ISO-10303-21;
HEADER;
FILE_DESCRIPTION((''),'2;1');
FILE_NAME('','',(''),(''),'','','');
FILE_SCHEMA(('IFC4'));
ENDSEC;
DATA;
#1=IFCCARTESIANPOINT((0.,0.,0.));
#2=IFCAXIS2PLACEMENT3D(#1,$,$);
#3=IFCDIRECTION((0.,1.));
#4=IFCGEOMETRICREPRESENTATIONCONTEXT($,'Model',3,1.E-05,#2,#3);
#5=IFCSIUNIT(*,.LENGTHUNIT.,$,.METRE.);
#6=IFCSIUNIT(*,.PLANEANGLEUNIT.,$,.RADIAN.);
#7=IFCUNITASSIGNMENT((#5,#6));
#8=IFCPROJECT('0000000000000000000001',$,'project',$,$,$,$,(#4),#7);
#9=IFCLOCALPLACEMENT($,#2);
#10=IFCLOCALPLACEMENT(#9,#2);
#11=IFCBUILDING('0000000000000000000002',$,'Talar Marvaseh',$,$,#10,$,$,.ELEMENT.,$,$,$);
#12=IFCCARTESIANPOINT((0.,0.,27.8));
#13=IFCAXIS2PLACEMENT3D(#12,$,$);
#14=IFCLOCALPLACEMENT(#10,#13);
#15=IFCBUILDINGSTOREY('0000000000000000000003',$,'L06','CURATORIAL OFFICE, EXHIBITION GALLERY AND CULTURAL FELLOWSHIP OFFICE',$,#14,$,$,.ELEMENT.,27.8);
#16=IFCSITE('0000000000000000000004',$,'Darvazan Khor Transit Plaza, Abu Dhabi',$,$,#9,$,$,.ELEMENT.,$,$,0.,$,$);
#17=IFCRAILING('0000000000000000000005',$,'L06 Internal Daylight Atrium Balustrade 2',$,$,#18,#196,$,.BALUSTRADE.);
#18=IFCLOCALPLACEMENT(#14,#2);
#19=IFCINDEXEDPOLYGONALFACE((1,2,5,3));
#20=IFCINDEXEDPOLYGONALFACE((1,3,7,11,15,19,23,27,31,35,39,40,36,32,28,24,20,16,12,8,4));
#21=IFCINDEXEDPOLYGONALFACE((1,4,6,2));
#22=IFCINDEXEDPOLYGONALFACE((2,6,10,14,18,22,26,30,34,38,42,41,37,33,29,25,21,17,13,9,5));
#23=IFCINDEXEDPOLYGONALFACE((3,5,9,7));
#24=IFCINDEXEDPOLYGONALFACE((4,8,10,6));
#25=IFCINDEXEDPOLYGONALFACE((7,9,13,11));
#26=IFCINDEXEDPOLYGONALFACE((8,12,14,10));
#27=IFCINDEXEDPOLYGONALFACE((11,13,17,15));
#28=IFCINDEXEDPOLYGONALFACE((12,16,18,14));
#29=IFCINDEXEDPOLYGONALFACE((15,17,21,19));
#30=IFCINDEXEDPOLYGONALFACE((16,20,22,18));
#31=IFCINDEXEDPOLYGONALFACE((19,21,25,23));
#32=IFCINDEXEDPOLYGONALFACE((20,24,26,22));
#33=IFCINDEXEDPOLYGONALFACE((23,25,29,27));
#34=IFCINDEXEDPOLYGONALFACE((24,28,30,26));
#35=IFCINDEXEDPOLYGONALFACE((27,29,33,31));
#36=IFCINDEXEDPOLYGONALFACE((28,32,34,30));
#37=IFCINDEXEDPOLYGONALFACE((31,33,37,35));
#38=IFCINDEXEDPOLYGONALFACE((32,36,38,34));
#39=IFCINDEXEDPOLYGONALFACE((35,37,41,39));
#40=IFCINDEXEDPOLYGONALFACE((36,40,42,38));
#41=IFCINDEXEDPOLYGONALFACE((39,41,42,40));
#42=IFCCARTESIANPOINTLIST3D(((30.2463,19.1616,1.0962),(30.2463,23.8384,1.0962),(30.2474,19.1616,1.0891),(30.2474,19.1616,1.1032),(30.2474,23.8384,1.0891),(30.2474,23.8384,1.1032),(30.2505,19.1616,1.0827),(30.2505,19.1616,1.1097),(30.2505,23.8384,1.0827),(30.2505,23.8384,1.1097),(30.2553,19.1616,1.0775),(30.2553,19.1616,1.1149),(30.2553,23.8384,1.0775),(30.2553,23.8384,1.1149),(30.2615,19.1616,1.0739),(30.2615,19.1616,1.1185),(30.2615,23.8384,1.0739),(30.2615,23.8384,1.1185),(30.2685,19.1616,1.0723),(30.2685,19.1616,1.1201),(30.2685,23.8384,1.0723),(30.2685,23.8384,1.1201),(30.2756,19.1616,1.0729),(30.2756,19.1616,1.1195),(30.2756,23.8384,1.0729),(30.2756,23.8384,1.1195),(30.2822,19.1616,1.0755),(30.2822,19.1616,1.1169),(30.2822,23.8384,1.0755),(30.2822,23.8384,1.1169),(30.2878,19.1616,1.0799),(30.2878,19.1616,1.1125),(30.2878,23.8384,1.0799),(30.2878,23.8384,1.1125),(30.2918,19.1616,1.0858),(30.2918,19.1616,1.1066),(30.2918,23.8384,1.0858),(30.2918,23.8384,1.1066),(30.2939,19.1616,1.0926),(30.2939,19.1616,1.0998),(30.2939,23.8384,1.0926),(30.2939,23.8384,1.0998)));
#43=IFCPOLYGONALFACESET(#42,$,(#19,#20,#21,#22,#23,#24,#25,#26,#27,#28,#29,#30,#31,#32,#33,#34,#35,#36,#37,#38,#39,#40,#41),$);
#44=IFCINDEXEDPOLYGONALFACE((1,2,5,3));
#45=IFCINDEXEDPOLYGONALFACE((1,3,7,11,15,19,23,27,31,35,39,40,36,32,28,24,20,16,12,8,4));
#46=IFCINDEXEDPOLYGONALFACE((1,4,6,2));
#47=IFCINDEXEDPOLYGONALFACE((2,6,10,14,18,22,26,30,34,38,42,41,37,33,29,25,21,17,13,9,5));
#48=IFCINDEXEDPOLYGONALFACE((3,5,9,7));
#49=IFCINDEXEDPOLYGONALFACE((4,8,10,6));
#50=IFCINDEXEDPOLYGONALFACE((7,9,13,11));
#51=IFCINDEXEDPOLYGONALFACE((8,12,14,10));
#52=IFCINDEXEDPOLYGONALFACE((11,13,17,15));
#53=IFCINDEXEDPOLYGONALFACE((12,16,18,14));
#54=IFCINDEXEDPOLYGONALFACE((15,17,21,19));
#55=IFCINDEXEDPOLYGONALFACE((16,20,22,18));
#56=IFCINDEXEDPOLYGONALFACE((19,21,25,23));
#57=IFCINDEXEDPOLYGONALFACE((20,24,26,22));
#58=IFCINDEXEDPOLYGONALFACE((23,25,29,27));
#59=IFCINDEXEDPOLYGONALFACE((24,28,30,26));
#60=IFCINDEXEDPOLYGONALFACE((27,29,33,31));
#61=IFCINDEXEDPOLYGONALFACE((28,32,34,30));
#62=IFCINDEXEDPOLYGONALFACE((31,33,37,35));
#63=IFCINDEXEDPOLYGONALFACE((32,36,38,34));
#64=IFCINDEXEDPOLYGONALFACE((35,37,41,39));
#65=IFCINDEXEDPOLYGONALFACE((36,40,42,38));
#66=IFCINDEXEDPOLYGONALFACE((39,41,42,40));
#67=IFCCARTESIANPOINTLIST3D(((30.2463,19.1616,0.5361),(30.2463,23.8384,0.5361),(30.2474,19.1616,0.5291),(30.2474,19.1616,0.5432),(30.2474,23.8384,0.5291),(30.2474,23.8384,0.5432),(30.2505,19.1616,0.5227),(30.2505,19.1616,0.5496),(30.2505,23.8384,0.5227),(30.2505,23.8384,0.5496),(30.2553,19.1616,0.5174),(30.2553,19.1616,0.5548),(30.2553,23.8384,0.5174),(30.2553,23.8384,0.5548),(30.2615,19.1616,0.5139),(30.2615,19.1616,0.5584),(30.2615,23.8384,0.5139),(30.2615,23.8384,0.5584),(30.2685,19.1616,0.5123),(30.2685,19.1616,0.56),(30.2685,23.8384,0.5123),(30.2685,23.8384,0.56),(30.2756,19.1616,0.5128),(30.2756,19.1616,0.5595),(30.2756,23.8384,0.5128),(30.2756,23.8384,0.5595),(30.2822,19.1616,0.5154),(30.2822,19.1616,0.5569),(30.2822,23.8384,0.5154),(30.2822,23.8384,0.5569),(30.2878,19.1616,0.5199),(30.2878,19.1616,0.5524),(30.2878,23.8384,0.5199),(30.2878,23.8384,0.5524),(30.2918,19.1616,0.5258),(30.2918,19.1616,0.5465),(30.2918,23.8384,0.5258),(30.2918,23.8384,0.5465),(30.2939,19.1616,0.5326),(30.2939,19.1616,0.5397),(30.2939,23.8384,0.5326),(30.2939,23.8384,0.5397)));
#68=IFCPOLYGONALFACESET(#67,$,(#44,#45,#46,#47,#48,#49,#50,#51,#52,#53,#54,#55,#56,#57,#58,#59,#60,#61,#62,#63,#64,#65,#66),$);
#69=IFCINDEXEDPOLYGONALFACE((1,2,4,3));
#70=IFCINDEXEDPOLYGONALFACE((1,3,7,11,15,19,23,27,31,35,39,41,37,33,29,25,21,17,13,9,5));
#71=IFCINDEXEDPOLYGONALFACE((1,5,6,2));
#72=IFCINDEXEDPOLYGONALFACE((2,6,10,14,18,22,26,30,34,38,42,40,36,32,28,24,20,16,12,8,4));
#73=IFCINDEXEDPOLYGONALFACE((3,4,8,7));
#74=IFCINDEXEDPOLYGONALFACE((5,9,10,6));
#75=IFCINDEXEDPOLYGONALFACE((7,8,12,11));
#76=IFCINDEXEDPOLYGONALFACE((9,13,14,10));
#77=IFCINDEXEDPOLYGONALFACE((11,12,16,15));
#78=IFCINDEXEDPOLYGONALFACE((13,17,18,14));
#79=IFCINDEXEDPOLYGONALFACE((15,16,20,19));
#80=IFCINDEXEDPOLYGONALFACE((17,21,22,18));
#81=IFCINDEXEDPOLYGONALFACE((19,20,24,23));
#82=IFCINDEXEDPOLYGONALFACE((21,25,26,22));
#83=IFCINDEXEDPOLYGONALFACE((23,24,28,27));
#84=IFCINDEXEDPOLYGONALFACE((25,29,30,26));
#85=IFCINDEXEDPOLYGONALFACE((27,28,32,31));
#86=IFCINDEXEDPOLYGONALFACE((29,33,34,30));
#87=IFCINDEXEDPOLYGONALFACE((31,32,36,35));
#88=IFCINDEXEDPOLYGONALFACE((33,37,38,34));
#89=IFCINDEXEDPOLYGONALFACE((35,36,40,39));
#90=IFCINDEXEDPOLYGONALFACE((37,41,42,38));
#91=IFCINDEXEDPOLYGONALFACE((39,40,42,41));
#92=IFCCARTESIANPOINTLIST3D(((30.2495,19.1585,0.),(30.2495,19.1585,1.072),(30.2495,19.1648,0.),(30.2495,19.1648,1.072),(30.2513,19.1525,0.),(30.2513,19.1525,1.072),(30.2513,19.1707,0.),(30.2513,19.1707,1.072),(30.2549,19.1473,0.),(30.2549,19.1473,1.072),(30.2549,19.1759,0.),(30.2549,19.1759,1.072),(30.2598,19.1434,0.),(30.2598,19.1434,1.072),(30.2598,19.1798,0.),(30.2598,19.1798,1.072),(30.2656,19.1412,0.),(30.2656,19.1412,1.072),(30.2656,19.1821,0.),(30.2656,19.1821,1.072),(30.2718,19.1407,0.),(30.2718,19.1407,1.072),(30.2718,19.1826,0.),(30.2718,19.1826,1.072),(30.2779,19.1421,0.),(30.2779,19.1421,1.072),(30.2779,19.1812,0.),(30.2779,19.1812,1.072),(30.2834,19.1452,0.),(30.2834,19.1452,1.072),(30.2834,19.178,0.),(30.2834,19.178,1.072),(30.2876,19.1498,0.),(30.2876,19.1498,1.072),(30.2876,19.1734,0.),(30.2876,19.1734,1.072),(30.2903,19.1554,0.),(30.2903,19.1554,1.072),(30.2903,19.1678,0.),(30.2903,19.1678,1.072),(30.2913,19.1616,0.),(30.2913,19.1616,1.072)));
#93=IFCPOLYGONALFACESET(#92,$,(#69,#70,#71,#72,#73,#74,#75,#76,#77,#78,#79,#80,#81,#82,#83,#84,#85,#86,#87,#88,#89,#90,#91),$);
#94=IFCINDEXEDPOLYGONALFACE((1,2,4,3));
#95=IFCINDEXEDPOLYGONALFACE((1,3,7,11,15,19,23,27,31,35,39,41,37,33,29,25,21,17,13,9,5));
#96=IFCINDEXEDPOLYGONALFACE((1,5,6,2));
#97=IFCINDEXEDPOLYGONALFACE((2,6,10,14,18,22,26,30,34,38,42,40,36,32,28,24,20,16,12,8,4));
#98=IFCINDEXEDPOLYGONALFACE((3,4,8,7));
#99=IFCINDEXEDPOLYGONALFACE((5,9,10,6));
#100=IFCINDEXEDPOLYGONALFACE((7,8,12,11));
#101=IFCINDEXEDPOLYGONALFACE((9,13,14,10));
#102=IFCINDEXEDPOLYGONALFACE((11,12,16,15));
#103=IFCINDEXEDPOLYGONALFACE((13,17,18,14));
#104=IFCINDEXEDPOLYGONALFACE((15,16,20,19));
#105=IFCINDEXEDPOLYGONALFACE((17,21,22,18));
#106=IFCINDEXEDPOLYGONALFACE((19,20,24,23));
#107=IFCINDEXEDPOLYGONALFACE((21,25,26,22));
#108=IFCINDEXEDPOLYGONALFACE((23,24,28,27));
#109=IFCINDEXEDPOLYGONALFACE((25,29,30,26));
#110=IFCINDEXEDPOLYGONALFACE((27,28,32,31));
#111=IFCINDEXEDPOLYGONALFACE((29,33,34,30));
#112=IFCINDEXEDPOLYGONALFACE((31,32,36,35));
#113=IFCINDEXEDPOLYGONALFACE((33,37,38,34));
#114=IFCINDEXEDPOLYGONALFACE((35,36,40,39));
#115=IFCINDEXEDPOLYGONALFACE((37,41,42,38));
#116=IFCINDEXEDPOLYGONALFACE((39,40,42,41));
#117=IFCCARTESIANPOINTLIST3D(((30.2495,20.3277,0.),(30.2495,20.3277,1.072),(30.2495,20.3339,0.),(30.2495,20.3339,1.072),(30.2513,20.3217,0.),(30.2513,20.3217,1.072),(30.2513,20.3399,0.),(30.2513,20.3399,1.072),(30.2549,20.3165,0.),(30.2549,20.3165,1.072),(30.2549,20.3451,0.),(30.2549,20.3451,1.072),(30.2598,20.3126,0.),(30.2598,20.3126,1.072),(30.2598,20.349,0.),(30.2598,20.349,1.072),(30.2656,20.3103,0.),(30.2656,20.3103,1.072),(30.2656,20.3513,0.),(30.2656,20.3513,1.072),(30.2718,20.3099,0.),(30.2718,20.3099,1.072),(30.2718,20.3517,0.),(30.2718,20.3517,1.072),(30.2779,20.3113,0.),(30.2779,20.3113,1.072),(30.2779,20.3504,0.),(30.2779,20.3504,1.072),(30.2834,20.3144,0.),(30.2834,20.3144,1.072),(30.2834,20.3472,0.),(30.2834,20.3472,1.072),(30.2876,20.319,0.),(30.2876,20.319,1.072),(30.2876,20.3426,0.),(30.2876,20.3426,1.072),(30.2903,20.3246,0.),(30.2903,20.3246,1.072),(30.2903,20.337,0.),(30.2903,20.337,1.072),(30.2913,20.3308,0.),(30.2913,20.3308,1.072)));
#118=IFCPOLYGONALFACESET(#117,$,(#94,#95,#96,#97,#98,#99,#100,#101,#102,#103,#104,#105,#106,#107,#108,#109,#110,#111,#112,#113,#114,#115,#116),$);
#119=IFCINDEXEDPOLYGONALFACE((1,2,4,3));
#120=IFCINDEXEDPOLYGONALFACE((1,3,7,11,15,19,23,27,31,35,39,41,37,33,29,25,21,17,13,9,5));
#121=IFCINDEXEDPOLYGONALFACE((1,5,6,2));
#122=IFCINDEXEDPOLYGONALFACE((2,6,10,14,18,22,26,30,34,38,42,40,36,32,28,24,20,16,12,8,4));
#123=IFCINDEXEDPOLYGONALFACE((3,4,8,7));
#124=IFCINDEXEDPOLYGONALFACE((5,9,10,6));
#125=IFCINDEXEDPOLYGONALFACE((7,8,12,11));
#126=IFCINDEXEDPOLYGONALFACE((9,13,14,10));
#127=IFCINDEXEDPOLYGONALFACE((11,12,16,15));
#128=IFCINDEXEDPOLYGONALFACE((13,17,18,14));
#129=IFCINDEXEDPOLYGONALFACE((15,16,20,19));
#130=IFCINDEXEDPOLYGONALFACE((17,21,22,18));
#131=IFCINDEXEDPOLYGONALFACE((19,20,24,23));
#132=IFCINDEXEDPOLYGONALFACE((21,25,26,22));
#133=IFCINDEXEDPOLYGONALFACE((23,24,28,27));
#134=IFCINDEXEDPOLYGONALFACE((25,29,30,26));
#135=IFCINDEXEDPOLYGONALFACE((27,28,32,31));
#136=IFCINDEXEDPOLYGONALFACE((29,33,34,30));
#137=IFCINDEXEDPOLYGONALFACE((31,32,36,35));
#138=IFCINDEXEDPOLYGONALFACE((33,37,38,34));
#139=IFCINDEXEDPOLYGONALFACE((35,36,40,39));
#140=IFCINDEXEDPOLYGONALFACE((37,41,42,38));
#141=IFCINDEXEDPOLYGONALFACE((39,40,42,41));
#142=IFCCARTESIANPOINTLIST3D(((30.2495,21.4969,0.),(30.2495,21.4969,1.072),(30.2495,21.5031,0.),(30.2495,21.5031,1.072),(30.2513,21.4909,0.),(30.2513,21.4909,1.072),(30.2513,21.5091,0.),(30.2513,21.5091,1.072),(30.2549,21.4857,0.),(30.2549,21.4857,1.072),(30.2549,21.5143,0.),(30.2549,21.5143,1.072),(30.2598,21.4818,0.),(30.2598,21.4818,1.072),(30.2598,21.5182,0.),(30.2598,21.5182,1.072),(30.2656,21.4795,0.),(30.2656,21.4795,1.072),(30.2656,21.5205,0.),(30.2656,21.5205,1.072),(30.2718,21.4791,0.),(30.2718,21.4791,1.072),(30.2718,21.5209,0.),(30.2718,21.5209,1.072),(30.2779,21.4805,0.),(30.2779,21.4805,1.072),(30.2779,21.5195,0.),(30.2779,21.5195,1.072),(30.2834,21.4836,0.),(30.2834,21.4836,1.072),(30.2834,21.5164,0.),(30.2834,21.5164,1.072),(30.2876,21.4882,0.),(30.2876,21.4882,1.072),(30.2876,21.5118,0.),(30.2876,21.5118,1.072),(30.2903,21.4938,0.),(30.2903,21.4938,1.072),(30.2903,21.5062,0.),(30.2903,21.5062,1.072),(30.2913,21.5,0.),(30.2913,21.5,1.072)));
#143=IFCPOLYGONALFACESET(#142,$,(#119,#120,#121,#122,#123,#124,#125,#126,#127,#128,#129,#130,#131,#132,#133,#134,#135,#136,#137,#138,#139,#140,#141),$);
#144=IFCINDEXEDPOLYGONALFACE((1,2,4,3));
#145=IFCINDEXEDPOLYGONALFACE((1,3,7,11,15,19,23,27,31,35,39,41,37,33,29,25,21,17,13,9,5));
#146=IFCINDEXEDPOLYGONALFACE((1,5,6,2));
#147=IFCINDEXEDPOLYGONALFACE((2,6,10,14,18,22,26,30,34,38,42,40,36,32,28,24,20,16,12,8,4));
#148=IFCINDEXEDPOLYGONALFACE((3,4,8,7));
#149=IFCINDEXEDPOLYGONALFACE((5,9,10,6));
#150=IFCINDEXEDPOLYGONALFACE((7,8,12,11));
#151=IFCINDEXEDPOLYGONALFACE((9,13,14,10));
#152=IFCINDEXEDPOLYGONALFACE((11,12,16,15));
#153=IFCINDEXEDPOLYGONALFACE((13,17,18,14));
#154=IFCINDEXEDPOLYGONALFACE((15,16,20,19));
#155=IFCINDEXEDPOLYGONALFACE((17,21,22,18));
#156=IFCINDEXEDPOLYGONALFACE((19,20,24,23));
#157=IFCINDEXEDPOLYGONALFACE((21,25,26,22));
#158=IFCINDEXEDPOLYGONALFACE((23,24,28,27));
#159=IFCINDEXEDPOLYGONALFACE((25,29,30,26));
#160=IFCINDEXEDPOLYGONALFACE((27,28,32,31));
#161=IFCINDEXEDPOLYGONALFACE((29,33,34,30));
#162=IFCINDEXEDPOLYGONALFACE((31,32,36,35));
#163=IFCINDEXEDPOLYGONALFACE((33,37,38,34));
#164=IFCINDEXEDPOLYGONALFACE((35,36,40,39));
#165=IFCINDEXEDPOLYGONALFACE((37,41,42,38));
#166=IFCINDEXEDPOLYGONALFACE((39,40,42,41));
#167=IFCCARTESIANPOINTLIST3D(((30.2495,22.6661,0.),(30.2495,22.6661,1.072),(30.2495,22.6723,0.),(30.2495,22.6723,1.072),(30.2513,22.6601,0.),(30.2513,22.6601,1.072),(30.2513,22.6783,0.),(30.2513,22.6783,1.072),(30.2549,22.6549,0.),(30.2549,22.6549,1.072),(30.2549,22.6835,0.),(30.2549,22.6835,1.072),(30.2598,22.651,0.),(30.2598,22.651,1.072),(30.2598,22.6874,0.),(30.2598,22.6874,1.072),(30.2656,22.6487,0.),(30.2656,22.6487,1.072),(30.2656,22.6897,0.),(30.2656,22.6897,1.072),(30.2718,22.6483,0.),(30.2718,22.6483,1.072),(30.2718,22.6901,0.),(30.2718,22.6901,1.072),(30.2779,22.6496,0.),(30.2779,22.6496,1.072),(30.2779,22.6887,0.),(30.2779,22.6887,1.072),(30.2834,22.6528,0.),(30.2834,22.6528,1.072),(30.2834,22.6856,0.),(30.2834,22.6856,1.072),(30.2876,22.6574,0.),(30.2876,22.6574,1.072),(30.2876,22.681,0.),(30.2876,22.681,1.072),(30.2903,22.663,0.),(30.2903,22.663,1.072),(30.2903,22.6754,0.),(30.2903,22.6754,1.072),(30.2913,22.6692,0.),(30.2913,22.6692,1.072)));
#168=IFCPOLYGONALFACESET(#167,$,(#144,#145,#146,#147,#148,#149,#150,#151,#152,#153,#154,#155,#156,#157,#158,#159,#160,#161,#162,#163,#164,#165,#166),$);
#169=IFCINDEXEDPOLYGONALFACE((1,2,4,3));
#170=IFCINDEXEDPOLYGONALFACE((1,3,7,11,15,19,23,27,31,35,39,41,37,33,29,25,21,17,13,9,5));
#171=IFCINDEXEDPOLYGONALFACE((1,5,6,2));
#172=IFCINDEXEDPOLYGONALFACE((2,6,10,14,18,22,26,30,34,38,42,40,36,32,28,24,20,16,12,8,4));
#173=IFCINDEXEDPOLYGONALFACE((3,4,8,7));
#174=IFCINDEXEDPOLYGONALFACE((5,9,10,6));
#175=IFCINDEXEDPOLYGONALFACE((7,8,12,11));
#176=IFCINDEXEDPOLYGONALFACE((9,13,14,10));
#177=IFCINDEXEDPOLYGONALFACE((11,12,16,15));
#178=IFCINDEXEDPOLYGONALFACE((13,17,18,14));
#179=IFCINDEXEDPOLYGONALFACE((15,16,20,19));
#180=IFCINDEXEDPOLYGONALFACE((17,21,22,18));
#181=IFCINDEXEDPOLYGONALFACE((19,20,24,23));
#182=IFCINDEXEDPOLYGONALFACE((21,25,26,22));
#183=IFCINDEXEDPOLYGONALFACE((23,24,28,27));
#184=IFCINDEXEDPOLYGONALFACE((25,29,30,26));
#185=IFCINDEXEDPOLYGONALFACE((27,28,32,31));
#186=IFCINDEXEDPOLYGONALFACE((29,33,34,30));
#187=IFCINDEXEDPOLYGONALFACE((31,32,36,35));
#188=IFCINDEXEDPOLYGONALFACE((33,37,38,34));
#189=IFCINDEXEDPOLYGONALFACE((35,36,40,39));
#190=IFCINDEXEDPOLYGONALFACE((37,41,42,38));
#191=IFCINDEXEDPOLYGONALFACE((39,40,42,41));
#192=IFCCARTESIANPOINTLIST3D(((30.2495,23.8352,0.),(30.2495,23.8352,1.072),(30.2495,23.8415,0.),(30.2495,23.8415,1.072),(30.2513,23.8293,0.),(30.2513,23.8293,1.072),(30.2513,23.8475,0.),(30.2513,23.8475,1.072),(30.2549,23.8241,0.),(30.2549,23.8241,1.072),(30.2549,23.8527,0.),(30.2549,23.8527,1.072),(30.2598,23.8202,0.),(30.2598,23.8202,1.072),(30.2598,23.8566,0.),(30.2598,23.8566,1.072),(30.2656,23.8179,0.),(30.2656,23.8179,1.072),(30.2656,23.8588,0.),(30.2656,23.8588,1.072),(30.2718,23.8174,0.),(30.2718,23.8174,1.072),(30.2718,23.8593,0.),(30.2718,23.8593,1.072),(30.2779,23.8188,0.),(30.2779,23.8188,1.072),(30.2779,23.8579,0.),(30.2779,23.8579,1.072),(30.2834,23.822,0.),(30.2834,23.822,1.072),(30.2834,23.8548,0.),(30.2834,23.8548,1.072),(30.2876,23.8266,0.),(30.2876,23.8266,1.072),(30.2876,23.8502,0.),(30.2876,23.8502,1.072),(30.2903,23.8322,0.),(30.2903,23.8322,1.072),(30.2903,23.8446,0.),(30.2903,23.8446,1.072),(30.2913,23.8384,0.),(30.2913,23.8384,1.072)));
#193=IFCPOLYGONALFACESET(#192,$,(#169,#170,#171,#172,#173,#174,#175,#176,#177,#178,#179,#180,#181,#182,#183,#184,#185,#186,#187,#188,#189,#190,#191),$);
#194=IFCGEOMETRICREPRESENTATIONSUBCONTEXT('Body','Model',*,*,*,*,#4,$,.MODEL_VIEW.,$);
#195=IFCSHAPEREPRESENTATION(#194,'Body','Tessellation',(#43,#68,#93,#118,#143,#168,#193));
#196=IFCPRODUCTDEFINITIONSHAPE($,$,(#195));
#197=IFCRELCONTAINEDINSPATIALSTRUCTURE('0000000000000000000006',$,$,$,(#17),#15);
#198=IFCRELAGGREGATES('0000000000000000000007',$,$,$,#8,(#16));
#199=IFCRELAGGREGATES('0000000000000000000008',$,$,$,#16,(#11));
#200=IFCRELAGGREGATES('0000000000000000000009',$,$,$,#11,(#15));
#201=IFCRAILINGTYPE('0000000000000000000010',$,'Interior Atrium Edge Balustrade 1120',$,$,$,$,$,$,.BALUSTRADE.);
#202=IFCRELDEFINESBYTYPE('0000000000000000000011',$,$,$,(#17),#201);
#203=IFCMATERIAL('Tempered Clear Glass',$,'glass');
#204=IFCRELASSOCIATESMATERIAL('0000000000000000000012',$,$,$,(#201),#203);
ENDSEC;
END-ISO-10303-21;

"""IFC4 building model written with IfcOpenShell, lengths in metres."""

from ifc_helpers import new_model, si_unit, direction, frame, origin, origin_2d, place, context, subcontext, project, spatial, circle, extrude, material, type_object, element, save


model = new_model("IFC4")

# Units and contexts
model_context = context("Model", 3, precision=1e-05, world=origin(), true_north=direction((0.0, 1.0)))
body_context = subcontext(model_context, "Body", "Model", "MODEL_VIEW")
ifc_project = project(units=[si_unit("LENGTHUNIT", "METRE"), si_unit("PLANEANGLEUNIT", "RADIAN")], contexts=[model_context])

# Site, building, storey
site_placement = place(None, origin())
site = spatial("IfcSite", under=ifc_project, at=site_placement, Name="Darvazan Khor Transit Plaza, Abu Dhabi", CompositionType="ELEMENT", RefElevation=0.0)
building_placement = place(site_placement, origin())
building = spatial("IfcBuilding", under=site, at=building_placement, Name="Talar Marvaseh", CompositionType="ELEMENT")
storey_placement = place(building_placement, frame((0.0, 0.0, 27.8)))
storey = spatial("IfcBuildingStorey", under=building, at=storey_placement, Name="L06", Description="CURATORIAL OFFICE, EXHIBITION GALLERY AND CULTURAL FELLOWSHIP OFFICE", CompositionType="ELEMENT", Elevation=27.8)

# Railing
ifc_material_1 = material(Name="Tempered Clear Glass", Category="glass")
railing_type_1 = type_object("IfcRailingType", Name="Interior Atrium Edge Balustrade 1120", PredefinedType="BALUSTRADE", material=ifc_material_1)
railing_1_placement = place(storey_placement, frame((30.2703, 19.1616, 0.0)))
element("IfcRailing", 1, at=railing_1_placement, inside=storey, type_object=railing_type_1, Name="L06 Internal Daylight Atrium Balustrade 2", PredefinedType="BALUSTRADE", context=body_context, shape_type="SweptSolid", body=[
    extrude(circle(Radius=0.0239, at=origin_2d()), frame((0.0, 0.0, 1.0962), z_axis=(0.0, 1.0, 0.0), x_axis=(-1.0, 0.0, 0.0)), (0.0, 0.0, 1.0), 4.6768),
    extrude(circle(Radius=0.0239, at=origin_2d()), frame((0.0, 0.0, 0.5361), z_axis=(0.0, 1.0, 0.0), x_axis=(-1.0, 0.0, 0.0)), (0.0, 0.0, 1.0), 4.6768),
    extrude(circle(Radius=0.021, at=origin_2d()), origin(), (0.0, 0.0, 1.0), 1.072),
    extrude(circle(Radius=0.021, at=origin_2d()), frame((0.0, 1.1692, 0.0)), (0.0, 0.0, 1.0), 1.072),
    extrude(circle(Radius=0.021, at=origin_2d()), frame((0.0, 2.3384, 0.0)), (0.0, 0.0, 1.0), 1.072),
    extrude(circle(Radius=0.021, at=origin_2d()), frame((0.0, 3.5076, 0.0)), (0.0, 0.0, 1.0), 1.072),
    extrude(circle(Radius=0.021, at=origin_2d()), frame((0.0, 4.6768, 0.0)), (0.0, 0.0, 1.0), 1.072),
])

save(model, "model.ifc")
